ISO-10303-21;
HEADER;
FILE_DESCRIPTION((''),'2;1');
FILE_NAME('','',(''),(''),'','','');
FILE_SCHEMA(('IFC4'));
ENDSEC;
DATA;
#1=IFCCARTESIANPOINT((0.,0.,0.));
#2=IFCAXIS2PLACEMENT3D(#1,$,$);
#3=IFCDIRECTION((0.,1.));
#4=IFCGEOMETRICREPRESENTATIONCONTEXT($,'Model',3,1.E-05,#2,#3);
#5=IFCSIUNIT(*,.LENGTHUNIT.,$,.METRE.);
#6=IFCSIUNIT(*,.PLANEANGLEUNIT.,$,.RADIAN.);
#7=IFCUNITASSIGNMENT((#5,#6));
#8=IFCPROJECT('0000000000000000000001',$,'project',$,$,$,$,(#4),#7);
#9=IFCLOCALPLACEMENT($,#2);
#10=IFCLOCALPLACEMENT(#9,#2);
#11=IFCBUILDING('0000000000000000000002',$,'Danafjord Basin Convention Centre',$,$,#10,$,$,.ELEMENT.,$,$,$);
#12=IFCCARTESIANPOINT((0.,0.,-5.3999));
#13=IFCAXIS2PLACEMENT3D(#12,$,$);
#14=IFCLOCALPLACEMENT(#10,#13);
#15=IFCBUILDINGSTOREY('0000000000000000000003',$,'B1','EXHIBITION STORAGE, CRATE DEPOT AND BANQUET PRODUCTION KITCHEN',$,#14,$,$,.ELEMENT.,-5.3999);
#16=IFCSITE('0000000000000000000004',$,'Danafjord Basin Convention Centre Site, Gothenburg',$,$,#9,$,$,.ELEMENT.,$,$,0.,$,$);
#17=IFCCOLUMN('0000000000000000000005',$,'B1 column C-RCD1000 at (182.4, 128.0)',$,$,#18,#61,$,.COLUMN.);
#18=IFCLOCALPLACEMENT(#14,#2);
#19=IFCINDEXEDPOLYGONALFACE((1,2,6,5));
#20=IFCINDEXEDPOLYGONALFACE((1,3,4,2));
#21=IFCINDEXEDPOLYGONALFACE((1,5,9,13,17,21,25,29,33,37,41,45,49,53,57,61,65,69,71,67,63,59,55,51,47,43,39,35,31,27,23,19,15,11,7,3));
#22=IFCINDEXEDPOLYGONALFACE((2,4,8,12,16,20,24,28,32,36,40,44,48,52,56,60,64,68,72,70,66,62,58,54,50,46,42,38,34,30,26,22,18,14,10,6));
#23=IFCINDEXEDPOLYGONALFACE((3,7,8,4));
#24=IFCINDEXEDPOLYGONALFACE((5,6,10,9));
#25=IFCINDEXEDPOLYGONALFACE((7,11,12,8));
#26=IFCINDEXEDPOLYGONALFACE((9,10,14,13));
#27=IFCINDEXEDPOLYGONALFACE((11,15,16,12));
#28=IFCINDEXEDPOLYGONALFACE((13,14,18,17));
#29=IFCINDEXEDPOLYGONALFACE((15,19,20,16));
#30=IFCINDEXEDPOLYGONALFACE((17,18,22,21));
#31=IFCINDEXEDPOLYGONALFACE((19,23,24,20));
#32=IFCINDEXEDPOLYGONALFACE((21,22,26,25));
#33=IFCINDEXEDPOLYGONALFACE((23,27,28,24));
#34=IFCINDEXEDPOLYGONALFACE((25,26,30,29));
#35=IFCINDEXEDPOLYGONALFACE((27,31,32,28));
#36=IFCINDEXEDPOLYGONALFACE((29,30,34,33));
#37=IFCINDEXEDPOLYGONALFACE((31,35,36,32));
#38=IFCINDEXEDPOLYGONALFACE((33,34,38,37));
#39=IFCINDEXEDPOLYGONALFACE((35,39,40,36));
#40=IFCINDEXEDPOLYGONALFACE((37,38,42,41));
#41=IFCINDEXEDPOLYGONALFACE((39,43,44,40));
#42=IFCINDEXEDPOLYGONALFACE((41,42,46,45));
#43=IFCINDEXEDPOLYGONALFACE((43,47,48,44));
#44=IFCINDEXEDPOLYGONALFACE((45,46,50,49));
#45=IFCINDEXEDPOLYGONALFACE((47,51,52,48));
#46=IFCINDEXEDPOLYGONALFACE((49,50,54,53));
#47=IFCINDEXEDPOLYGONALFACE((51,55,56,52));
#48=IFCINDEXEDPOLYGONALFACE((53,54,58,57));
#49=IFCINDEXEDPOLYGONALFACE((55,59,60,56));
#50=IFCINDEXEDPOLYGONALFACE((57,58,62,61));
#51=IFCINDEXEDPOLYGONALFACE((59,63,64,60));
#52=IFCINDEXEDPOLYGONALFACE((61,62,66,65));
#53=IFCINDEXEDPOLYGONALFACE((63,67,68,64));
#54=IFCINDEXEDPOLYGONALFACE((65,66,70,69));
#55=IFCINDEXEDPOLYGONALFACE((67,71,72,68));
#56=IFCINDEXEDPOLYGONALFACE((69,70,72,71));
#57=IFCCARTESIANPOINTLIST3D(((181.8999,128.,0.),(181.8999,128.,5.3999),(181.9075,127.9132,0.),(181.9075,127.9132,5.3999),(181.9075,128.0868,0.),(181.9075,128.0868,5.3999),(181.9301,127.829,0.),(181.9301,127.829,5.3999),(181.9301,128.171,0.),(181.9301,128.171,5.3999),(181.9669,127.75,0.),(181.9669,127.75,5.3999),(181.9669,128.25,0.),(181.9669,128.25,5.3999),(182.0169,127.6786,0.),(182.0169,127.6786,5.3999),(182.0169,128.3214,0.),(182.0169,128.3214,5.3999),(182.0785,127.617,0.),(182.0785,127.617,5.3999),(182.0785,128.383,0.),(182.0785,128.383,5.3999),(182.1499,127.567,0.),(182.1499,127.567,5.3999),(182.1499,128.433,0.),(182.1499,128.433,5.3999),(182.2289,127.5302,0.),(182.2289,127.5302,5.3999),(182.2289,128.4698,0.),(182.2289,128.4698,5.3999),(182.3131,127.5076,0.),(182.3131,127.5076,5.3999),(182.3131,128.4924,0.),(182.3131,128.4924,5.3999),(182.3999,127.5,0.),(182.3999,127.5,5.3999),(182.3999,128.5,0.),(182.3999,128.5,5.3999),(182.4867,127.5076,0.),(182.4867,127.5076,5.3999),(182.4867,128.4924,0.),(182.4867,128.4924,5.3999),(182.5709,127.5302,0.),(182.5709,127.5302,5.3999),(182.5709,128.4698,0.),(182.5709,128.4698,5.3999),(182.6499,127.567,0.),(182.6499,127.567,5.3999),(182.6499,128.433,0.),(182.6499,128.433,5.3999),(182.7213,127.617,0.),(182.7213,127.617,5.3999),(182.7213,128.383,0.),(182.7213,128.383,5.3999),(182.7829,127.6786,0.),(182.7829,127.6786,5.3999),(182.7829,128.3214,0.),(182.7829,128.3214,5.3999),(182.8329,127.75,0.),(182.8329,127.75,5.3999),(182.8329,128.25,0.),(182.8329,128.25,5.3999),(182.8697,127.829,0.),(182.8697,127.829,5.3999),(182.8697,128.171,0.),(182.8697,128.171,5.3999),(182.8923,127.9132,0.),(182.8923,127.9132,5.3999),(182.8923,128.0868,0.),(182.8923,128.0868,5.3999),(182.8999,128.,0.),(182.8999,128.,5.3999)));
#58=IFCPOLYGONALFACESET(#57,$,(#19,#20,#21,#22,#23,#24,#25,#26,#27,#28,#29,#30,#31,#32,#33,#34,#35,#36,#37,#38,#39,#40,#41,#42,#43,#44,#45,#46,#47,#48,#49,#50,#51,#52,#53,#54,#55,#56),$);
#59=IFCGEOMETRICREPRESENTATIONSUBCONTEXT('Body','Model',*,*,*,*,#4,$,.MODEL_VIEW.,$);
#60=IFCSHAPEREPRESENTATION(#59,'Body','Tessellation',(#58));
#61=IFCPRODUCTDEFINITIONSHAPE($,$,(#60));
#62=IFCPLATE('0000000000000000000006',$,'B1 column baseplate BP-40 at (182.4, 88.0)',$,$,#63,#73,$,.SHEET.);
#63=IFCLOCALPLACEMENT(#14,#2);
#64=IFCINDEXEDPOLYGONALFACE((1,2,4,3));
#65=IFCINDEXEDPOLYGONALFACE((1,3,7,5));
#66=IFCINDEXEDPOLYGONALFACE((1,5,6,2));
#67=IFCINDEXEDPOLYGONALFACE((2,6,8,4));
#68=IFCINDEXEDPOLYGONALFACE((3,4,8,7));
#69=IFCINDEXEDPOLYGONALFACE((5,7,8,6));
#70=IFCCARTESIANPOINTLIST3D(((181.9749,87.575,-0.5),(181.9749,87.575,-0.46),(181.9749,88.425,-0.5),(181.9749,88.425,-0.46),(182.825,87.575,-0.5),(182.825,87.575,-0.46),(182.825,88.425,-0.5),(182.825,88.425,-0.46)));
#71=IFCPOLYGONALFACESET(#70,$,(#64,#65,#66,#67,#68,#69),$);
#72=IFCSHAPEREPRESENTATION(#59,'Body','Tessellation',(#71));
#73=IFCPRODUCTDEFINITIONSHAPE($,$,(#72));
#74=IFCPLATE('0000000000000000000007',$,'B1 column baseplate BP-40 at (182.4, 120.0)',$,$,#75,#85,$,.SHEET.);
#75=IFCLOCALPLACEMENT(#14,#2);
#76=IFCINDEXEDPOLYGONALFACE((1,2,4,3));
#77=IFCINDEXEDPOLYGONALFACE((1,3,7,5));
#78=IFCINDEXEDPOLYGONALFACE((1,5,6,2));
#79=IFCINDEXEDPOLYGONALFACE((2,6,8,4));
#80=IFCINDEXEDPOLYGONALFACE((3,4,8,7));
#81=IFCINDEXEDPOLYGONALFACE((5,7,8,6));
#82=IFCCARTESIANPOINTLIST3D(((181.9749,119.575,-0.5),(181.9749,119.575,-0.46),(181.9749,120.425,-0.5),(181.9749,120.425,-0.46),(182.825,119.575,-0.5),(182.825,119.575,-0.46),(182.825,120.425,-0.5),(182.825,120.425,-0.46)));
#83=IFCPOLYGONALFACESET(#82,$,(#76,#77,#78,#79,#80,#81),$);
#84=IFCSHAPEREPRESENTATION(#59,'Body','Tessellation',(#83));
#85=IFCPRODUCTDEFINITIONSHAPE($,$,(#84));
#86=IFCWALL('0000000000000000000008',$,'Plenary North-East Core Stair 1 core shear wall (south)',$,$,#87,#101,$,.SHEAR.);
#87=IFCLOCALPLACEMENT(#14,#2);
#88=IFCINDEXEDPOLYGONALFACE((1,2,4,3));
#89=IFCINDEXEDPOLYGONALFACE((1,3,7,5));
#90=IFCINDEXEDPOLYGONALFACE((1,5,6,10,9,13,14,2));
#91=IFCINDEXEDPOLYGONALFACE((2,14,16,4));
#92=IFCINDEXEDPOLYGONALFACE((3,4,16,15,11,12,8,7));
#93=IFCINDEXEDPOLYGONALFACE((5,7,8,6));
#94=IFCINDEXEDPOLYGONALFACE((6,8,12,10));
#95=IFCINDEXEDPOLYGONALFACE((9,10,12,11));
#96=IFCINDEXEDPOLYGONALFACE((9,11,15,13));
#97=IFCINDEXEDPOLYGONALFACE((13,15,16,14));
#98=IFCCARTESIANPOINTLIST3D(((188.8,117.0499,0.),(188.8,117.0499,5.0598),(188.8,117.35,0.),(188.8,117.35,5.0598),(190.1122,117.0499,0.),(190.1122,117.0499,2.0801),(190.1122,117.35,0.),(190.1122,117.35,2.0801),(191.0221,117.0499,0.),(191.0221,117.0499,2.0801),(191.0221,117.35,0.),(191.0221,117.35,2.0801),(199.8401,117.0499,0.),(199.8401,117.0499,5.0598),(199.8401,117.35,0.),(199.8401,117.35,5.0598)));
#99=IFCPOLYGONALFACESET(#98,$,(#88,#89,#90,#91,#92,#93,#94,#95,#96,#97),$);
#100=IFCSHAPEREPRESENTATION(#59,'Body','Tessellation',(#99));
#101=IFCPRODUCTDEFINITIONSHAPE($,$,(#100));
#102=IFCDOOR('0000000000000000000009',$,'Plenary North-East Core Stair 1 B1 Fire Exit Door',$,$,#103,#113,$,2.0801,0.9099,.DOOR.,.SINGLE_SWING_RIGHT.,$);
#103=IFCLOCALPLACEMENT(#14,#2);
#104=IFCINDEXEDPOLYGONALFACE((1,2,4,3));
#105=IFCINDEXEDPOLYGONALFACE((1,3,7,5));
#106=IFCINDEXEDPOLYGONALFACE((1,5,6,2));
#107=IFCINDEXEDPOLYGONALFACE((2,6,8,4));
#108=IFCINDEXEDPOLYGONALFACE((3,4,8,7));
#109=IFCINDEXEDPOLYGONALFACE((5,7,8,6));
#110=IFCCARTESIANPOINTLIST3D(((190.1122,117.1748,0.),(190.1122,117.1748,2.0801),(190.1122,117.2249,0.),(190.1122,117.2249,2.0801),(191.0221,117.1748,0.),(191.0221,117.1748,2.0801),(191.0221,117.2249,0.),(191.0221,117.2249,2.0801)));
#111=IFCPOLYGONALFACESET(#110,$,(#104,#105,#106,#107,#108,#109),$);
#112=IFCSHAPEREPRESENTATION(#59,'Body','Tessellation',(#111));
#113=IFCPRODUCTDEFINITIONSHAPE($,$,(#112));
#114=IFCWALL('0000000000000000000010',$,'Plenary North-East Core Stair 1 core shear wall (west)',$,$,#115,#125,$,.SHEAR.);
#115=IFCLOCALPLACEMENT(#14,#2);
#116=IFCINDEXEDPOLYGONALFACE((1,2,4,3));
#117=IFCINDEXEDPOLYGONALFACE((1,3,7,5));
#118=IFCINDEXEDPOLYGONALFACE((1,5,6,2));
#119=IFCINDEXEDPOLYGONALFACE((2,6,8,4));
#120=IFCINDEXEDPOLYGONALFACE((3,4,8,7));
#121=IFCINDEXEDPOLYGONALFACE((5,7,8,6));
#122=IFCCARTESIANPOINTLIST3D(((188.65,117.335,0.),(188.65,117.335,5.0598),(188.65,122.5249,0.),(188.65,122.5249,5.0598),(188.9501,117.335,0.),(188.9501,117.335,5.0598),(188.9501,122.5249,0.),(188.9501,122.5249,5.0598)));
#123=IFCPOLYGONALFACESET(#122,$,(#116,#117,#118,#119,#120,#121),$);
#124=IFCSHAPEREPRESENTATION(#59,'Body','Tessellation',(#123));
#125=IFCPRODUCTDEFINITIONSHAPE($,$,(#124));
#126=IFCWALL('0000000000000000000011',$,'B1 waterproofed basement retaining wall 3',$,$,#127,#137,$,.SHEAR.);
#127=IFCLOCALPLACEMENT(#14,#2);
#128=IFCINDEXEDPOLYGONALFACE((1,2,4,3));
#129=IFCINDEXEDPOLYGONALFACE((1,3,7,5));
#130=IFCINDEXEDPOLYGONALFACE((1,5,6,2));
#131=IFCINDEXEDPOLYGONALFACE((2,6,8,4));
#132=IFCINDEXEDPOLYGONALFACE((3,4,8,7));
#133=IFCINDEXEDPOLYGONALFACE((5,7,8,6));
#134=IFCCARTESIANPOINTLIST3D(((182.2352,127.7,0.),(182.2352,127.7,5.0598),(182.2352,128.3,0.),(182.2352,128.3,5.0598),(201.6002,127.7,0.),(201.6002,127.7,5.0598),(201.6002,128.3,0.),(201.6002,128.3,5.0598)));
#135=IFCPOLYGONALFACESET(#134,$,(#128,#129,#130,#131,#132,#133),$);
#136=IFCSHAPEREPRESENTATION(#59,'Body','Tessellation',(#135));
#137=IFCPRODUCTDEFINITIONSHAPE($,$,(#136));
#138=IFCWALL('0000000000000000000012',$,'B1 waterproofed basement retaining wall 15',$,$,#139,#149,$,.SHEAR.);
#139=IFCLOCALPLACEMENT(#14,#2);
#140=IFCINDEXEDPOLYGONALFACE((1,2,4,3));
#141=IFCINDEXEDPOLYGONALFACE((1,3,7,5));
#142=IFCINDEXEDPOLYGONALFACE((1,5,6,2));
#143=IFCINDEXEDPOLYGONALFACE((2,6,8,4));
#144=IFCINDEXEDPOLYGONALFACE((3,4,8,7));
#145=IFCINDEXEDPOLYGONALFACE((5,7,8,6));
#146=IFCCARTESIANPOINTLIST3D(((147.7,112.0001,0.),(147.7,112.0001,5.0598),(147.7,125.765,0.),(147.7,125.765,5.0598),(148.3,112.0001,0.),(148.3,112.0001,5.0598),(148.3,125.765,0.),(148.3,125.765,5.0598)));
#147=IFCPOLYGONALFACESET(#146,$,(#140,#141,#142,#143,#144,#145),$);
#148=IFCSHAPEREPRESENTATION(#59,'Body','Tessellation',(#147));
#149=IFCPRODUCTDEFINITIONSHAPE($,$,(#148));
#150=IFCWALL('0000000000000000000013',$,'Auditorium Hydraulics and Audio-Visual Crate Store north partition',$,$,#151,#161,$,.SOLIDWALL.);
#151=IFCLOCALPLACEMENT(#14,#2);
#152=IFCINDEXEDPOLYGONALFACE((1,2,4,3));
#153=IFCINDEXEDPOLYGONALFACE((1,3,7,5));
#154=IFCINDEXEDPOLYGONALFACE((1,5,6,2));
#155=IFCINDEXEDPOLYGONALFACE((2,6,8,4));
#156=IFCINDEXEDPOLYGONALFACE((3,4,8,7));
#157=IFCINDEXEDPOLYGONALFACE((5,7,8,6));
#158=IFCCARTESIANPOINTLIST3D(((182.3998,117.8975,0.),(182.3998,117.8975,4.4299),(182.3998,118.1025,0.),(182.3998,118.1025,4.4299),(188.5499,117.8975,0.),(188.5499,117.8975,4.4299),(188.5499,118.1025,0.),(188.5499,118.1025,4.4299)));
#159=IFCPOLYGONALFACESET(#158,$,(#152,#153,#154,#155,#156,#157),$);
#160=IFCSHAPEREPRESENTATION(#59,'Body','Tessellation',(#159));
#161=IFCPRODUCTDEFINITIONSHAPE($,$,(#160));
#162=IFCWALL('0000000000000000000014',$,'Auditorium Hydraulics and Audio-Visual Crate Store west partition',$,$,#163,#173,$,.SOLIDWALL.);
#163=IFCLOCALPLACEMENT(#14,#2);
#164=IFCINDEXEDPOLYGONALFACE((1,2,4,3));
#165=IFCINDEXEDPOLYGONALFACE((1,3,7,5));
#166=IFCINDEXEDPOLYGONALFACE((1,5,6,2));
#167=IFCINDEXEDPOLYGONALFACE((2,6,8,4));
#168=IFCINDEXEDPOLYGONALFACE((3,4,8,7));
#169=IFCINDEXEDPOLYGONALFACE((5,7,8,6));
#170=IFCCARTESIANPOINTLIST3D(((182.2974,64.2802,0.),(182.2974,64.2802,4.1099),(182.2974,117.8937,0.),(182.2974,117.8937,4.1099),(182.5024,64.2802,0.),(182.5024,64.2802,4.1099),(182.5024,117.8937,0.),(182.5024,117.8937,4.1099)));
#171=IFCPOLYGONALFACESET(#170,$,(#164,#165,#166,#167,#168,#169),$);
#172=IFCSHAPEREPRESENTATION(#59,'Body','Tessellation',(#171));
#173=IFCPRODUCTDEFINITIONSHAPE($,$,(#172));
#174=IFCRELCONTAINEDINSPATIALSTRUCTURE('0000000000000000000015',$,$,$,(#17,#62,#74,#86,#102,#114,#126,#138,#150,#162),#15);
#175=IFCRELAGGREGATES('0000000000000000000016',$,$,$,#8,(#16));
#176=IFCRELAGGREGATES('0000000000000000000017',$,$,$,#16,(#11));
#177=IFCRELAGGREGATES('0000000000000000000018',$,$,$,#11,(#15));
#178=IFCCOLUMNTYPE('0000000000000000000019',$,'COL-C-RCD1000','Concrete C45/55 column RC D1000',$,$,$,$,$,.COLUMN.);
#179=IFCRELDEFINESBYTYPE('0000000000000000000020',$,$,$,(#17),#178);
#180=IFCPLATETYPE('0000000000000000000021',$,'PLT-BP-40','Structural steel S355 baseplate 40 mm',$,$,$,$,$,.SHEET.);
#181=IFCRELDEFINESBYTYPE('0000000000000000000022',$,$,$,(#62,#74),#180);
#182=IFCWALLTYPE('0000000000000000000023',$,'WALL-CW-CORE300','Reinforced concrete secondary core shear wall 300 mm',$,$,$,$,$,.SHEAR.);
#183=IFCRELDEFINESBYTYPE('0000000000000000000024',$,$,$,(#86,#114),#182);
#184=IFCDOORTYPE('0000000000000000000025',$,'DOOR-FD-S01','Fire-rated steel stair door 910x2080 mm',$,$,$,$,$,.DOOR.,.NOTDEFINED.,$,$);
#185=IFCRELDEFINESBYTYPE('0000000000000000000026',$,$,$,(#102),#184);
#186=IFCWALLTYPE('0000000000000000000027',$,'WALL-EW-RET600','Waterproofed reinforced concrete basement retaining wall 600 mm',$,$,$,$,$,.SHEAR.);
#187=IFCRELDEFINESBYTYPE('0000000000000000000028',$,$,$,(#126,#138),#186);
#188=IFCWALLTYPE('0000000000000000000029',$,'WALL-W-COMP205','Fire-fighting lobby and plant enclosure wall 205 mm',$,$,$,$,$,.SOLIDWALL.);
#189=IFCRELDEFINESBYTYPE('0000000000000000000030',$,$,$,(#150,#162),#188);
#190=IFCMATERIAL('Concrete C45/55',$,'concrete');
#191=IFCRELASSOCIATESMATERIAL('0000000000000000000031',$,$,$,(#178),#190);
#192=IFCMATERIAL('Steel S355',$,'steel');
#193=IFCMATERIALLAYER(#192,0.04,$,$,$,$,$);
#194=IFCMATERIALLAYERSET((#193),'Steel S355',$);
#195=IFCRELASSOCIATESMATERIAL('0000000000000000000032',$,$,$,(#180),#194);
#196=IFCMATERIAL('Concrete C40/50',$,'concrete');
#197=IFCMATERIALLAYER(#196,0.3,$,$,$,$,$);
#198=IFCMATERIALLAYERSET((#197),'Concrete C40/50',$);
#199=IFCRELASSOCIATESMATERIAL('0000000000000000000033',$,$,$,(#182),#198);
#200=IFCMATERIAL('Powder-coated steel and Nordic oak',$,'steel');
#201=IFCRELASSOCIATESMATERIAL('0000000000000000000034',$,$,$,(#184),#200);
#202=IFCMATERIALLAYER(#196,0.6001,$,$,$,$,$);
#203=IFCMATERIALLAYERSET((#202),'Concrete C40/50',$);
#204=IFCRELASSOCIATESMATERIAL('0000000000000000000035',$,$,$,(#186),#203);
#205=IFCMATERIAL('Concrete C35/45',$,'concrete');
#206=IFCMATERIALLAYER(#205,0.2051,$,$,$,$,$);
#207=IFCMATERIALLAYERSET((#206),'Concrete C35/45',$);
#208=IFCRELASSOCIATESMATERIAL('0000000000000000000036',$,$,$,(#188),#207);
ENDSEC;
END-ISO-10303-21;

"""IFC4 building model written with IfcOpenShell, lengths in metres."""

from ifc_helpers import new_model, si_unit, direction, frame, frame_2d, origin, origin_2d, place, context, subcontext, project, spatial, rectangle, circle, extrude, material, layer, layer_set, material_profile, profile_set, type_object, element, fill, save


model = new_model("IFC4")

# Units and contexts
model_context = context("Model", 3, precision=1e-05, world=origin(), true_north=direction((0.0, 1.0)))
body_context = subcontext(model_context, "Body", "Model", "MODEL_VIEW")
ifc_project = project(units=[si_unit("LENGTHUNIT", "METRE"), si_unit("PLANEANGLEUNIT", "RADIAN")], contexts=[model_context])

# Site, building, storey
site_placement = place(None, origin())
site = spatial("IfcSite", under=ifc_project, at=site_placement, Name="Danafjord Basin Convention Centre Site, Gothenburg", CompositionType="ELEMENT", RefElevation=0.0)
building_placement = place(site_placement, origin())
building = spatial("IfcBuilding", under=site, at=building_placement, Name="Danafjord Basin Convention Centre", CompositionType="ELEMENT")
storey_placement = place(building_placement, frame((0.0, 0.0, -5.3999)))
storey = spatial("IfcBuildingStorey", under=building, at=storey_placement, Name="B1", Description="EXHIBITION STORAGE, CRATE DEPOT AND BANQUET PRODUCTION KITCHEN", CompositionType="ELEMENT", Elevation=-5.3999)

# Shared definitions
ifc_material_1 = material(Name="Concrete C40/50", Category="concrete")
ifc_material_2 = material(Name="Concrete C35/45", Category="concrete")

# Column
ifc_material_3 = material(Name="Concrete C45/55", Category="concrete")
ifc_material_profile_1 = material_profile(ifc_material_3, circle(Radius=0.5, at=origin_2d()), Name="RC D1000")
ifc_profile_set_1 = profile_set([ifc_material_profile_1], Name="Concrete C45/55")
column_type_1 = type_object("IfcColumnType", Name="COL-C-RCD1000", Description="Concrete C45/55 column RC D1000", PredefinedType="COLUMN", material=ifc_profile_set_1)
column_1_placement = place(storey_placement, frame((182.3999, 128.0, 0.0), z_axis=(0.0, 0.0, 1.0), x_axis=(1.0, 0.0, 0.0)))
element("IfcColumn", 1, at=column_1_placement, inside=storey, type_object=column_type_1, Name="B1 column C-RCD1000 at (182.4, 128.0)", PredefinedType="COLUMN", context=body_context, shape_type="SweptSolid", body=[
    extrude(circle(Radius=0.5, at=origin_2d()), origin(), (0.0, 0.0, 1.0), 5.3999),
])

# Plates
ifc_material_4 = material(Name="Steel S355", Category="steel")
ifc_layer_1 = layer(ifc_material_4, 0.04)
ifc_layer_set_1 = layer_set([ifc_layer_1], Name="Steel S355")
plate_type = type_object("IfcPlateType", Name="PLT-BP-40", Description="Structural steel S355 baseplate 40 mm", PredefinedType="SHEET", material=ifc_layer_set_1)
for number, where, z_axis, x_axis, name in (
    (2, (182.3999, 88.0, -0.5), (0.0, 0.0, 1.0), (1.0, 0.0, 0.0), "B1 column baseplate BP-40 at (182.4, 88.0)"),
    (3, (182.3999, 120.0, -0.5), (0.0, 0.0, 1.0), (1.0, 0.0, 0.0), "B1 column baseplate BP-40 at (182.4, 120.0)"),
):
    element("IfcPlate", number, at=place(storey_placement, frame(where, z_axis=z_axis, x_axis=x_axis)), inside=storey, type_object=plate_type, Name=name, PredefinedType="SHEET", context=body_context, shape_type="SweptSolid", body=[
        extrude(rectangle(XDim=0.8501, YDim=0.8501, at=origin_2d()), origin(), (0.0, 0.0, 1.0), 0.04),
    ])

# Wall, opening, door
ifc_layer_2 = layer(ifc_material_1, 0.3)
ifc_layer_set_2 = layer_set([ifc_layer_2], Name="Concrete C40/50")
wall_type_1 = type_object("IfcWallType", Name="WALL-CW-CORE300", Description="Reinforced concrete secondary core shear wall 300 mm", PredefinedType="SHEAR", material=ifc_layer_set_2)
wall_1_placement = place(storey_placement, frame((188.8, 117.2, 0.0), z_axis=(0.0, 0.0, 1.0), x_axis=(1.0, 0.0, 0.0)))
wall_1 = element("IfcWall", 4, at=wall_1_placement, inside=storey, type_object=wall_type_1, Name="Plenary North-East Core Stair 1 core shear wall (south)", PredefinedType="SHEAR", context=body_context, shape_type="SweptSolid", body=[
    extrude(rectangle(XDim=11.04, YDim=0.3, at=frame_2d((5.52, 0.0))), origin(), (0.0, 0.0, 1.0), 5.0598),
])
opening_placement = place(wall_1_placement, frame((1.312, 0.0, 0.0)))
opening = element("IfcOpeningElement", 5, at=opening_placement, cuts=wall_1, PredefinedType="OPENING", context=body_context, shape_type="SweptSolid", body=[
    extrude(rectangle(XDim=0.9099, YDim=2.0801, at=frame_2d((0.4551, 1.04))), frame((0.0, 0.1599, 0.0), z_axis=(0.0, -1.0, 0.0), x_axis=(1.0, 0.0, 0.0)), (0.0, 0.0, 1.0), 0.3201),
])
ifc_material_5 = material(Name="Powder-coated steel and Nordic oak", Category="steel")
door_type = type_object("IfcDoorType", Name="DOOR-FD-S01", Description="Fire-rated steel stair door 910x2080 mm", OperationType="NOTDEFINED", PredefinedType="DOOR", material=ifc_material_5)
door_placement = place(opening_placement, origin())
door = element("IfcDoor", 6, at=door_placement, inside=storey, type_object=door_type, Name="Plenary North-East Core Stair 1 B1 Fire Exit Door", OperationType="SINGLE_SWING_RIGHT", OverallHeight=2.0801, OverallWidth=0.9099, PredefinedType="DOOR", context=body_context, shape_type="SweptSolid", body=[
    extrude(rectangle(XDim=0.9099, YDim=2.0801, at=frame_2d((0.4551, 1.04))), frame((0.0, 0.0249, 0.0), z_axis=(0.0, -1.0, 0.0), x_axis=(1.0, 0.0, 0.0)), (0.0, 0.0, 1.0), 0.05),
])
fill(opening, door)

# Walls
wall_2_placement = place(storey_placement, frame((188.8, 122.5249, 0.0), z_axis=(0.0, 0.0, 1.0), x_axis=(0.0, -1.0, 0.0)))
element("IfcWall", 7, at=wall_2_placement, inside=storey, type_object=wall_type_1, Name="Plenary North-East Core Stair 1 core shear wall (west)", PredefinedType="SHEAR", context=body_context, shape_type="SweptSolid", body=[
    extrude(rectangle(XDim=5.1899, YDim=0.3, at=frame_2d((2.595, 0.0))), origin(), (0.0, 0.0, 1.0), 5.0598),
])
ifc_layer_3 = layer(ifc_material_1, 0.6001)
ifc_layer_set_3 = layer_set([ifc_layer_3], Name="Concrete C40/50")
wall_type_2 = type_object("IfcWallType", Name="WALL-EW-RET600", Description="Waterproofed reinforced concrete basement retaining wall 600 mm", PredefinedType="SHEAR", material=ifc_layer_set_3)
wall_3_placement = place(storey_placement, frame((182.2351, 128.0, 0.0), z_axis=(0.0, 0.0, 1.0), x_axis=(1.0, 0.0, 0.0)))
element("IfcWall", 8, at=wall_3_placement, inside=storey, type_object=wall_type_2, Name="B1 waterproofed basement retaining wall 3", PredefinedType="SHEAR", context=body_context, shape_type="SweptSolid", body=[
    extrude(rectangle(XDim=19.365, YDim=0.6001, at=frame_2d((9.6826, 0.0))), origin(), (0.0, 0.0, 1.0), 5.0598),
])
wall_4_placement = place(storey_placement, frame((148.0, 125.7649, 0.0), z_axis=(0.0, 0.0, 1.0), x_axis=(0.0, -1.0, 0.0)))
element("IfcWall", 9, at=wall_4_placement, inside=storey, type_object=wall_type_2, Name="B1 waterproofed basement retaining wall 15", PredefinedType="SHEAR", context=body_context, shape_type="SweptSolid", body=[
    extrude(rectangle(XDim=13.7649, YDim=0.6001, at=frame_2d((6.8823, 0.0))), origin(), (0.0, 0.0, 1.0), 5.0598),
])
ifc_layer_4 = layer(ifc_material_2, 0.2051)
ifc_layer_set_4 = layer_set([ifc_layer_4], Name="Concrete C35/45")
wall_type_3 = type_object("IfcWallType", Name="WALL-W-COMP205", Description="Fire-fighting lobby and plant enclosure wall 205 mm", PredefinedType="SOLIDWALL", material=ifc_layer_set_4)
wall_5_placement = place(storey_placement, frame((188.55, 118.0, 0.0), z_axis=(0.0, 0.0, 1.0), x_axis=(-1.0, 0.0, 0.0)))
element("IfcWall", 10, at=wall_5_placement, inside=storey, type_object=wall_type_3, Name="Auditorium Hydraulics and Audio-Visual Crate Store north partition", PredefinedType="SOLIDWALL", context=body_context, shape_type="SweptSolid", body=[
    extrude(rectangle(XDim=6.1501, YDim=0.2051, at=frame_2d((3.0752, 0.0))), origin(), (0.0, 0.0, 1.0), 4.4299),
])
wall_6_placement = place(storey_placement, frame((182.3999, 117.8936, 0.0), z_axis=(0.0, 0.0, 1.0), x_axis=(0.0, -1.0, 0.0)))
element("IfcWall", 11, at=wall_6_placement, inside=storey, type_object=wall_type_3, Name="Auditorium Hydraulics and Audio-Visual Crate Store west partition", PredefinedType="SOLIDWALL", context=body_context, shape_type="SweptSolid", body=[
    extrude(rectangle(XDim=53.6135, YDim=0.2051, at=frame_2d((26.8066, 0.0))), origin(), (0.0, 0.0, 1.0), 4.1099),
])

save(model, "model.ifc")
